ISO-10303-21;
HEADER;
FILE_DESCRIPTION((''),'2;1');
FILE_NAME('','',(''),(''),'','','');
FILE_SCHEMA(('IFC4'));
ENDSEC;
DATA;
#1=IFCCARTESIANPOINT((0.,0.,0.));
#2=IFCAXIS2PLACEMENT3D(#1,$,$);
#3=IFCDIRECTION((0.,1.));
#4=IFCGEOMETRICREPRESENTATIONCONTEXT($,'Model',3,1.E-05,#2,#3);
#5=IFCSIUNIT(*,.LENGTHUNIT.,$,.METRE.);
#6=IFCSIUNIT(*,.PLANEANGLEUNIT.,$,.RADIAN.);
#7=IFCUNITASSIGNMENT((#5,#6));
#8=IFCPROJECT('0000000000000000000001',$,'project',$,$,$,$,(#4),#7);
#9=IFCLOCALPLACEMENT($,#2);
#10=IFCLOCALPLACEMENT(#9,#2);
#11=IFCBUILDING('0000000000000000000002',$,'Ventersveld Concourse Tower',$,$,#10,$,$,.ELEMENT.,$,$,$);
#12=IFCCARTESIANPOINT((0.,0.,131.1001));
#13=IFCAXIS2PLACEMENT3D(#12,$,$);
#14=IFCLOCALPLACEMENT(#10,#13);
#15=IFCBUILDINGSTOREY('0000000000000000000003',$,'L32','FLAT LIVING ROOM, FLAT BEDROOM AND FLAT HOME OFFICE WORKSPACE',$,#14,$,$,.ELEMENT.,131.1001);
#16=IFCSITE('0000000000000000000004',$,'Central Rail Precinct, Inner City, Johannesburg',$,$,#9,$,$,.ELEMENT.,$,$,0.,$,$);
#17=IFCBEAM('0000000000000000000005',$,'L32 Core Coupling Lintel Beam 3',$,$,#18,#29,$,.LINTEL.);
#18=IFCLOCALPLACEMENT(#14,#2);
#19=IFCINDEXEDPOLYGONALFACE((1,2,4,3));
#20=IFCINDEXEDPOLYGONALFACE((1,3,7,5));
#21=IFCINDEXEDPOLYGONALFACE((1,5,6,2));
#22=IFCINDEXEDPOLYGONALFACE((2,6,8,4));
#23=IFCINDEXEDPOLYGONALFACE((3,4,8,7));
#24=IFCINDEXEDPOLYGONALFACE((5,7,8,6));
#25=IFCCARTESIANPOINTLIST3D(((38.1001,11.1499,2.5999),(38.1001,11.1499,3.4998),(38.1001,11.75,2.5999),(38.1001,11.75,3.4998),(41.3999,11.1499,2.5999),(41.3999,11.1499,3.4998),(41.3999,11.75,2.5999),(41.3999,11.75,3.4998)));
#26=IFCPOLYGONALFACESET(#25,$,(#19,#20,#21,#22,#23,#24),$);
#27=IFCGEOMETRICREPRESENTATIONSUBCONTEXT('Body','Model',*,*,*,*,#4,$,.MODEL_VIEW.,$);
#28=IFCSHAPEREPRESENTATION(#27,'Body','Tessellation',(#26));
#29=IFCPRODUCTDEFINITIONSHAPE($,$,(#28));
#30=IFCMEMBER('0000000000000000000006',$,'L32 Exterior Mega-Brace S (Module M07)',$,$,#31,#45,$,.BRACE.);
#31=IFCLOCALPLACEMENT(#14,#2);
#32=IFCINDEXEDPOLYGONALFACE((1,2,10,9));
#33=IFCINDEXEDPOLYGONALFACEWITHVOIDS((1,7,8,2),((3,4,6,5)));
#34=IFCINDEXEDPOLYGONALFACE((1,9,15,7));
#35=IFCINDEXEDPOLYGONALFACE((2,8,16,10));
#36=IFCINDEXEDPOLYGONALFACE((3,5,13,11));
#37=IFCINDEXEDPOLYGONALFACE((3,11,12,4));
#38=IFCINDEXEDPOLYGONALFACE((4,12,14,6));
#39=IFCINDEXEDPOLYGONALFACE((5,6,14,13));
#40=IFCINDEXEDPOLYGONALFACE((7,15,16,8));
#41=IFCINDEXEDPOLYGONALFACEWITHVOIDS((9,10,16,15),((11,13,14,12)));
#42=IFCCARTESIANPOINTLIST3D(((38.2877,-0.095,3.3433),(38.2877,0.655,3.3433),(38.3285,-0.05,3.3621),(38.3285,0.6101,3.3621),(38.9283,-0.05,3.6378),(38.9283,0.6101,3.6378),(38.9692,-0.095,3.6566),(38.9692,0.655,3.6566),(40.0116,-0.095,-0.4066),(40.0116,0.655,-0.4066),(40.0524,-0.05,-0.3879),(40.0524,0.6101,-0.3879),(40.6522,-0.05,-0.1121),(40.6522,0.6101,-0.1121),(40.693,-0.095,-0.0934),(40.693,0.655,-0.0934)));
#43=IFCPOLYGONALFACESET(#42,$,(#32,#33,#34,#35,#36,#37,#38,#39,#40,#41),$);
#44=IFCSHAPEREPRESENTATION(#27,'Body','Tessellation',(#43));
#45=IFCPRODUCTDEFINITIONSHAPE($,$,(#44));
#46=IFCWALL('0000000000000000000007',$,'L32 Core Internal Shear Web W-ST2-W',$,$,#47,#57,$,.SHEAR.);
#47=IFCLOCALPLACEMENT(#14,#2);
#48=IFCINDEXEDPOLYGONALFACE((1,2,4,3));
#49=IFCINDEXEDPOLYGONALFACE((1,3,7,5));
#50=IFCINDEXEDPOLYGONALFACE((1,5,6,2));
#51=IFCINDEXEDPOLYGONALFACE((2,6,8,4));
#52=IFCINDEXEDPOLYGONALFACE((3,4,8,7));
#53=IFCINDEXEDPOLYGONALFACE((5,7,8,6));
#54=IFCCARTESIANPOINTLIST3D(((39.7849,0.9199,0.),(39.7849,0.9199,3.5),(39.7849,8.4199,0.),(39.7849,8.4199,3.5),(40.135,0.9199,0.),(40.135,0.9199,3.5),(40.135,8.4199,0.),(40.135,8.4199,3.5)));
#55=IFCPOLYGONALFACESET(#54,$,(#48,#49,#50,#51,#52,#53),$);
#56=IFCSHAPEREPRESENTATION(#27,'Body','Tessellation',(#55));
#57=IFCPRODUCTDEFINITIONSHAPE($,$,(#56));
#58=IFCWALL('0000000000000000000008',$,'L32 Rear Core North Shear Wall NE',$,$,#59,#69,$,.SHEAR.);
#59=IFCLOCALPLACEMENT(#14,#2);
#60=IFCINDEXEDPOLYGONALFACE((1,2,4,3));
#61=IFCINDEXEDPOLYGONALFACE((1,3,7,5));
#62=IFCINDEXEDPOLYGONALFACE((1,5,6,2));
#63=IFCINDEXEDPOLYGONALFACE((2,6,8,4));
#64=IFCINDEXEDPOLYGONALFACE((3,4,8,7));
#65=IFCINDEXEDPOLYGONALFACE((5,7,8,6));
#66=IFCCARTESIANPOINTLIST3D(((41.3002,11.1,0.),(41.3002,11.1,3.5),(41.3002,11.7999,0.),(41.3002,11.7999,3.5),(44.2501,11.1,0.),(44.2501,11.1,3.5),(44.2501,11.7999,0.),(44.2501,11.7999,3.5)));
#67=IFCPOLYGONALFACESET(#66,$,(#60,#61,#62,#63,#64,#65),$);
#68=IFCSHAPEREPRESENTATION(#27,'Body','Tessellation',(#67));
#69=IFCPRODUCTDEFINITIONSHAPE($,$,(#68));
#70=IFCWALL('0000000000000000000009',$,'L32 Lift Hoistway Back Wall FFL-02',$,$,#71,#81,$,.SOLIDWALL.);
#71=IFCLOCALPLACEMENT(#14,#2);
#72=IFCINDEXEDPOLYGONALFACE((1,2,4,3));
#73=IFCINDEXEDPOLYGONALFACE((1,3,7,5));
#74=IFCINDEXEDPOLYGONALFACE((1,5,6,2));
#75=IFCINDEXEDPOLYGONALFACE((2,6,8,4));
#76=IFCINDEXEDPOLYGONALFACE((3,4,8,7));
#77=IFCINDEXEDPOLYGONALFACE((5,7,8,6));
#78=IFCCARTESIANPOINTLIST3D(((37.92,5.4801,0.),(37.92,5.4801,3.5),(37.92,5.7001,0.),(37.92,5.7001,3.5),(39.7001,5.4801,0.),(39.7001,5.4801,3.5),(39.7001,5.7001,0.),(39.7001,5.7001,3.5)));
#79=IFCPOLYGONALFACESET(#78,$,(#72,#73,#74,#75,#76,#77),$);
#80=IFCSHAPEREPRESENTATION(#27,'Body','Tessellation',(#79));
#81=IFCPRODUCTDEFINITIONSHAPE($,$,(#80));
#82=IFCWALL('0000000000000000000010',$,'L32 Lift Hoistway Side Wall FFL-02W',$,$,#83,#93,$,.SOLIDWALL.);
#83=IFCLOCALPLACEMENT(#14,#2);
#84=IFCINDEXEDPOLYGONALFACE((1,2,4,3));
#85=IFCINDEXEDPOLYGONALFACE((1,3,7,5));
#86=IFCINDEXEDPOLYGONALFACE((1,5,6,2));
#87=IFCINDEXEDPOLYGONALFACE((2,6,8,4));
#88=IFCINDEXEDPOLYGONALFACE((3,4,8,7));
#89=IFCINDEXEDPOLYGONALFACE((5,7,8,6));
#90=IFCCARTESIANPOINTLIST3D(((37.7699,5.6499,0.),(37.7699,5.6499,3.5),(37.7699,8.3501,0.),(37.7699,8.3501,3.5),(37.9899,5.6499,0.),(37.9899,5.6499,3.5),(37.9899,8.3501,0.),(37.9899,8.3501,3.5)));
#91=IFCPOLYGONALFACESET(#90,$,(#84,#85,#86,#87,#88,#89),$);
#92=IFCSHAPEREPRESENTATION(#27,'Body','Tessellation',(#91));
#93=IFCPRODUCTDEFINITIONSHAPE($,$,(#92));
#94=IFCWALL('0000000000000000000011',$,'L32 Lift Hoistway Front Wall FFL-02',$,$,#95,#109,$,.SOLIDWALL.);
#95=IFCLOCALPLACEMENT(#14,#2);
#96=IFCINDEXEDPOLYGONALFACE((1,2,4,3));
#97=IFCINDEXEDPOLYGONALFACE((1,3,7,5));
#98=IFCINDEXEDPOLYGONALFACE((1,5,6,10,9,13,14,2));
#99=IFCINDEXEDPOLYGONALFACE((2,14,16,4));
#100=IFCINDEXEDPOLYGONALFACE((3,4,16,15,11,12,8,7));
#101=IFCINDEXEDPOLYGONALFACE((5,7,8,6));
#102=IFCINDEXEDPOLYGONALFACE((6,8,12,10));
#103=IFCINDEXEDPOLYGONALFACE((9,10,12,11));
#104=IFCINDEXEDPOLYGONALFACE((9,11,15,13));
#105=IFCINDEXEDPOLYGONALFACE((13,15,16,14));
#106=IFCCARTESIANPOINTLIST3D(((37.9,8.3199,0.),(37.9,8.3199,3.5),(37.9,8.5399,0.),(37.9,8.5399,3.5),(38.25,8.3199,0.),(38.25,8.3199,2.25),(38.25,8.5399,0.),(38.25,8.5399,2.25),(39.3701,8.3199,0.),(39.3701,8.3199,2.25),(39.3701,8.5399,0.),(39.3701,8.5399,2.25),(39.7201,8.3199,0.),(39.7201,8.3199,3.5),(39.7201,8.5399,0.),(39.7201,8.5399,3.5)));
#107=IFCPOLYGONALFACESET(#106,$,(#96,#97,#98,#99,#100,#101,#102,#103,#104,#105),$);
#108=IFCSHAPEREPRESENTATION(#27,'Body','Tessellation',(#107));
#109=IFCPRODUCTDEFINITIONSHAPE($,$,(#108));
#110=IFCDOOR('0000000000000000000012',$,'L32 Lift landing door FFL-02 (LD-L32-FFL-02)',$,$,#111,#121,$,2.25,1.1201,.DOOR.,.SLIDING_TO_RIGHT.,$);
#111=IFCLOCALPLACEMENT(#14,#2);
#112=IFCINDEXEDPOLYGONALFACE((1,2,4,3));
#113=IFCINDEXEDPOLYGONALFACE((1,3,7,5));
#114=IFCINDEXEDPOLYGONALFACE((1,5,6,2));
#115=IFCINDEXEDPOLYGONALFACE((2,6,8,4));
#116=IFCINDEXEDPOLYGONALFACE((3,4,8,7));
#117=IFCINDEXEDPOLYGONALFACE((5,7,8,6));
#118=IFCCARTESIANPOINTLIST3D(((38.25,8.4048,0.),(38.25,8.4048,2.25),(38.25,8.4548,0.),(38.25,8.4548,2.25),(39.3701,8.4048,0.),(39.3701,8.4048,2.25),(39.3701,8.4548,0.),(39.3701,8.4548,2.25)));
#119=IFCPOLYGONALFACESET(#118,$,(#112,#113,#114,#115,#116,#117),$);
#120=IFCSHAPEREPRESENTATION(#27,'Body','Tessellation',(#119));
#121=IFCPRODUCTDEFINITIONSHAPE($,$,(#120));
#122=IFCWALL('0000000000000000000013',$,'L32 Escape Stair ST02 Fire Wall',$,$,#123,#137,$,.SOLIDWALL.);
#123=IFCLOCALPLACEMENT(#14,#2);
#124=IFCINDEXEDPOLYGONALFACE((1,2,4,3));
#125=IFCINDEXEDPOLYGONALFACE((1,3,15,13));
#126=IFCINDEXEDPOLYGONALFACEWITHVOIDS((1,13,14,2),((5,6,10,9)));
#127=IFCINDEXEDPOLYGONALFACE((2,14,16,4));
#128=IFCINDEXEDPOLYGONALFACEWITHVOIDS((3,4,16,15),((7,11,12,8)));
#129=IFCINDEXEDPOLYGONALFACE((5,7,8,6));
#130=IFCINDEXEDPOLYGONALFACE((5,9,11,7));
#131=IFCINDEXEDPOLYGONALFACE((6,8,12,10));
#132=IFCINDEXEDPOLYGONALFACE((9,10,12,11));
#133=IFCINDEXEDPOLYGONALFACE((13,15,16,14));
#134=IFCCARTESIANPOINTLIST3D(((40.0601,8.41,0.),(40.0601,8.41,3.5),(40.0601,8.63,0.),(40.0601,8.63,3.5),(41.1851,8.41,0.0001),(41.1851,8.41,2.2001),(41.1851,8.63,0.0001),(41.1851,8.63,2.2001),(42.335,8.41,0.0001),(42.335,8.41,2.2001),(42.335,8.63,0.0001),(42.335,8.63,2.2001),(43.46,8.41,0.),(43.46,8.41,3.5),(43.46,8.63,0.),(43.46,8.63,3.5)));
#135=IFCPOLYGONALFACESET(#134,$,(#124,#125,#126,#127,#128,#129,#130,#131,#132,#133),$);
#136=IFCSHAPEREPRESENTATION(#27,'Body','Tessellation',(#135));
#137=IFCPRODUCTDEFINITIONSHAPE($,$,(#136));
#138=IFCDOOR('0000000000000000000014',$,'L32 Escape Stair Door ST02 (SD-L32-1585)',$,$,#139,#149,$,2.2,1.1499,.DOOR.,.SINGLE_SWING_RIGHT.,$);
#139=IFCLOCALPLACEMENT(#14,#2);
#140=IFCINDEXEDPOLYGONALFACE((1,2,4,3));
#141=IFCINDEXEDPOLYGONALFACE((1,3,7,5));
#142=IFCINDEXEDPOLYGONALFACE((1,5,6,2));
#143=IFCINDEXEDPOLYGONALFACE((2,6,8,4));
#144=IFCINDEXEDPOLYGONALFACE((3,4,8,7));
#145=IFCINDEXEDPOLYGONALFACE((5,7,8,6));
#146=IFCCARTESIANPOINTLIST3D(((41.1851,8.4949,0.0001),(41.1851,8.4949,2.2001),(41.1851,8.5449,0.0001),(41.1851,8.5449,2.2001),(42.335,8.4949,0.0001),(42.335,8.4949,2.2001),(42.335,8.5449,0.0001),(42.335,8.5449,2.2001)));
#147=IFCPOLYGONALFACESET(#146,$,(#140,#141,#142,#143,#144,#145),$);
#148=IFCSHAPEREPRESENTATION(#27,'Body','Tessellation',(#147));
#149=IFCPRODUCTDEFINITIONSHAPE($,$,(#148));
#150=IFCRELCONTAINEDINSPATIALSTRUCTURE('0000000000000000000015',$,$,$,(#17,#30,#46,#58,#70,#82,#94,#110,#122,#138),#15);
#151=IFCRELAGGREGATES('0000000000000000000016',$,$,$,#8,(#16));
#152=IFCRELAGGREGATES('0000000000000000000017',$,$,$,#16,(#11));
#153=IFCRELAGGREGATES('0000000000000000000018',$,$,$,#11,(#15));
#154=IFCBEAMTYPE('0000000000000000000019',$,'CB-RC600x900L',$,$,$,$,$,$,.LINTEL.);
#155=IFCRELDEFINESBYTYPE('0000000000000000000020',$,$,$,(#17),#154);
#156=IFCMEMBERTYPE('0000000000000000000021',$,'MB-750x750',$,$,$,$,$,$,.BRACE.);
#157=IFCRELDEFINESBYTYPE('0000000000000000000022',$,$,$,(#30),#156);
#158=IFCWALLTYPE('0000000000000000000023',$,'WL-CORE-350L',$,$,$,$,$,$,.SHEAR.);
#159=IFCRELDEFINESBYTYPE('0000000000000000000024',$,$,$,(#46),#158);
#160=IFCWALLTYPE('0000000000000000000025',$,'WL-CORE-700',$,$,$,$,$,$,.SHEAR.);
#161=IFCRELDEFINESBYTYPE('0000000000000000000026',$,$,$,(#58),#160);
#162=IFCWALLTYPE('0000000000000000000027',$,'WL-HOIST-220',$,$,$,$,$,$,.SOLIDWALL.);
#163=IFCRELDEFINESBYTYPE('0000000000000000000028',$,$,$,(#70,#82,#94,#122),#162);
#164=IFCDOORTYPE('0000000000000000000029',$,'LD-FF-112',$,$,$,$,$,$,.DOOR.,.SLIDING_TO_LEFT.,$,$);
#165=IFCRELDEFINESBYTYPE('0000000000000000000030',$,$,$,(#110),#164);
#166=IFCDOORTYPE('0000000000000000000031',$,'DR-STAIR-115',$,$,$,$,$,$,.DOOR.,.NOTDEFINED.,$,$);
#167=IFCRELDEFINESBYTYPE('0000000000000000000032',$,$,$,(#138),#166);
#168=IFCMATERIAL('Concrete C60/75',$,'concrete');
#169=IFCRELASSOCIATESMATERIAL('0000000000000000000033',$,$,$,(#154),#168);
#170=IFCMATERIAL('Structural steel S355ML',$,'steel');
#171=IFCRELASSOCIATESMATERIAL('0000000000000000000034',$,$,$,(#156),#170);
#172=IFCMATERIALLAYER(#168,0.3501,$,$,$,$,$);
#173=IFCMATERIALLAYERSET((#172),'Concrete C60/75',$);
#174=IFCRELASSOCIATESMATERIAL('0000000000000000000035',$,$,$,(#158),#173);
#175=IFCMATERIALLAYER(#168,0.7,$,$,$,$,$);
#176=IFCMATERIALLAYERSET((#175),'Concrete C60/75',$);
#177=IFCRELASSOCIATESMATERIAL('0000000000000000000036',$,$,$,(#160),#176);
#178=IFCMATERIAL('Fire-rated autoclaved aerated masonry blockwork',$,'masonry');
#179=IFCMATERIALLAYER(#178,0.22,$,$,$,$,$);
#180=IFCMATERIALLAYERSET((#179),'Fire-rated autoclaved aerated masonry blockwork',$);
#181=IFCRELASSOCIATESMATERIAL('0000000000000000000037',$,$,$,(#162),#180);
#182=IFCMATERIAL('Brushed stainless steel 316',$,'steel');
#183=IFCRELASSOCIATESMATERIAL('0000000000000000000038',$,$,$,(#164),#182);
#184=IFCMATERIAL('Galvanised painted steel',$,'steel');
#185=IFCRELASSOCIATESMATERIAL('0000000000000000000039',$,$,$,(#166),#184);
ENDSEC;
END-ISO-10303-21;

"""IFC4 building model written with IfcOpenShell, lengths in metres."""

from ifc_helpers import new_model, si_unit, direction, frame, frame_2d, origin, origin_2d, place, context, subcontext, project, spatial, rectangle, hollow_rectangle, extrude, material, layer, layer_set, material_profile, profile_set, type_object, element, fill, save


model = new_model("IFC4")

# Units and contexts
model_context = context("Model", 3, precision=1e-05, world=origin(), true_north=direction((0.0, 1.0)))
body_context = subcontext(model_context, "Body", "Model", "MODEL_VIEW")
ifc_project = project(units=[si_unit("LENGTHUNIT", "METRE"), si_unit("PLANEANGLEUNIT", "RADIAN")], contexts=[model_context])

# Site, building, storey
site_placement = place(None, origin())
site = spatial("IfcSite", under=ifc_project, at=site_placement, Name="Central Rail Precinct, Inner City, Johannesburg", CompositionType="ELEMENT", RefElevation=0.0)
building_placement = place(site_placement, origin())
building = spatial("IfcBuilding", under=site, at=building_placement, Name="Ventersveld Concourse Tower", CompositionType="ELEMENT")
storey_placement = place(building_placement, frame((0.0, 0.0, 131.1001)))
storey = spatial("IfcBuildingStorey", under=building, at=storey_placement, Name="L32", Description="FLAT LIVING ROOM, FLAT BEDROOM AND FLAT HOME OFFICE WORKSPACE", CompositionType="ELEMENT", Elevation=131.1001)

# Beam
ifc_material_1 = material(Name="Concrete C60/75", Category="concrete")
ifc_material_profile_1 = material_profile(ifc_material_1, rectangle(XDim=0.6001, YDim=0.8999, at=origin_2d()), Name="RC 600x900")
ifc_profile_set_1 = profile_set([ifc_material_profile_1], Name="Concrete C60/75")
beam_type = type_object("IfcBeamType", Name="CB-RC600x900L", PredefinedType="LINTEL", material=ifc_profile_set_1)
beam_placement = place(storey_placement, frame((38.1001, 11.45, 3.0498), z_axis=(1.0, 0.0, 0.0), x_axis=(0.0, 1.0, 0.0)))
element("IfcBeam", 1, at=beam_placement, inside=storey, type_object=beam_type, Name="L32 Core Coupling Lintel Beam 3", PredefinedType="LINTEL", context=body_context, shape_type="SweptSolid", body=[
    extrude(rectangle(XDim=0.6001, YDim=0.8999, at=origin_2d()), origin(), (0.0, 0.0, 1.0), 3.2998),
])

# Member
ifc_material_2 = material(Name="Structural steel S355ML", Category="steel")
ifc_material_profile_2 = material_profile(ifc_material_2, hollow_rectangle(XDim=0.75, YDim=0.75, WallThickness=0.0449, at=origin_2d()), Name="BOX 750x750x45")
ifc_profile_set_2 = profile_set([ifc_material_profile_2], Name="Structural steel S355ML")
member_type = type_object("IfcMemberType", Name="MB-750x750", PredefinedType="BRACE", material=ifc_profile_set_2)
member_placement = place(storey_placement, frame((40.3523, 0.28, -0.25), z_axis=(-0.417681, 0.0, 0.908594), x_axis=(0.0, -1.0, 0.0)))
element("IfcMember", 2, at=member_placement, inside=storey, type_object=member_type, Name="L32 Exterior Mega-Brace S (Module M07)", PredefinedType="BRACE", context=body_context, shape_type="SweptSolid", body=[
    extrude(hollow_rectangle(XDim=0.75, YDim=0.75, WallThickness=0.0449, at=origin_2d()), origin(), (0.0, 0.0, 1.0), 4.1272),
])

# Walls
ifc_layer_1 = layer(ifc_material_1, 0.3501)
ifc_layer_set_1 = layer_set([ifc_layer_1], Name="Concrete C60/75")
wall_type_1 = type_object("IfcWallType", Name="WL-CORE-350L", PredefinedType="SHEAR", material=ifc_layer_set_1)
wall_1_placement = place(storey_placement, frame((39.96, 0.9199, 0.0), z_axis=(0.0, 0.0, 1.0), x_axis=(0.0, 1.0, 0.0)))
element("IfcWall", 3, at=wall_1_placement, inside=storey, type_object=wall_type_1, Name="L32 Core Internal Shear Web W-ST2-W", PredefinedType="SHEAR", context=body_context, shape_type="SweptSolid", body=[
    extrude(rectangle(XDim=7.5, YDim=0.3501, at=frame_2d((3.75, 0.0))), origin(), (0.0, 0.0, 1.0), 3.5),
])
ifc_layer_2 = layer(ifc_material_1, 0.7)
ifc_layer_set_2 = layer_set([ifc_layer_2], Name="Concrete C60/75")
wall_type_2 = type_object("IfcWallType", Name="WL-CORE-700", PredefinedType="SHEAR", material=ifc_layer_set_2)
wall_2_placement = place(storey_placement, frame((41.3, 11.45, 0.0), z_axis=(0.0, 0.0, 1.0), x_axis=(1.0, 0.0, 0.0)))
element("IfcWall", 4, at=wall_2_placement, inside=storey, type_object=wall_type_2, Name="L32 Rear Core North Shear Wall NE", PredefinedType="SHEAR", context=body_context, shape_type="SweptSolid", body=[
    extrude(rectangle(XDim=2.95, YDim=0.7, at=frame_2d((1.4751, 0.0))), origin(), (0.0, 0.0, 1.0), 3.5),
])
ifc_material_3 = material(Name="Fire-rated autoclaved aerated masonry blockwork", Category="masonry")
ifc_layer_3 = layer(ifc_material_3, 0.22)
ifc_layer_set_3 = layer_set([ifc_layer_3], Name="Fire-rated autoclaved aerated masonry blockwork")
wall_type_3 = type_object("IfcWallType", Name="WL-HOIST-220", PredefinedType="SOLIDWALL", material=ifc_layer_set_3)
wall_3_placement = place(storey_placement, frame((37.9199, 5.5901, 0.0), z_axis=(0.0, 0.0, 1.0), x_axis=(1.0, 0.0, 0.0)))
element("IfcWall", 5, at=wall_3_placement, inside=storey, type_object=wall_type_3, Name="L32 Lift Hoistway Back Wall FFL-02", PredefinedType="SOLIDWALL", context=body_context, shape_type="SweptSolid", body=[
    extrude(rectangle(XDim=1.78, YDim=0.22, at=frame_2d((0.8901, 0.0))), origin(), (0.0, 0.0, 1.0), 3.5),
])
wall_4_placement = place(storey_placement, frame((37.8799, 5.6499, 0.0), z_axis=(0.0, 0.0, 1.0), x_axis=(0.0, 1.0, 0.0)))
element("IfcWall", 6, at=wall_4_placement, inside=storey, type_object=wall_type_3, Name="L32 Lift Hoistway Side Wall FFL-02W", PredefinedType="SOLIDWALL", context=body_context, shape_type="SweptSolid", body=[
    extrude(rectangle(XDim=2.7002, YDim=0.22, at=frame_2d((1.3501, 0.0))), origin(), (0.0, 0.0, 1.0), 3.5),
])

# Walls, openings, doors
wall_5_placement = place(storey_placement, frame((37.8999, 8.4299, 0.0), z_axis=(0.0, 0.0, 1.0), x_axis=(1.0, 0.0, 0.0)))
wall_5 = element("IfcWall", 7, at=wall_5_placement, inside=storey, type_object=wall_type_3, Name="L32 Lift Hoistway Front Wall FFL-02", PredefinedType="SOLIDWALL", context=body_context, shape_type="SweptSolid", body=[
    extrude(rectangle(XDim=1.8201, YDim=0.22, at=frame_2d((0.9102, 0.0))), origin(), (0.0, 0.0, 1.0), 3.5),
])
opening_1_placement = place(wall_5_placement, frame((0.3501, 0.0, 0.0)))
opening_1 = element("IfcOpeningElement", 8, at=opening_1_placement, cuts=wall_5, PredefinedType="OPENING", context=body_context, shape_type="SweptSolid", body=[
    extrude(rectangle(XDim=1.1201, YDim=2.25, at=frame_2d((0.5601, 1.125))), frame((0.0, 0.1201, 0.0), z_axis=(0.0, -1.0, 0.0), x_axis=(1.0, 0.0, 0.0)), (0.0, 0.0, 1.0), 0.24),
])
ifc_material_4 = material(Name="Brushed stainless steel 316", Category="steel")
door_type_1 = type_object("IfcDoorType", Name="LD-FF-112", OperationType="SLIDING_TO_LEFT", PredefinedType="DOOR", material=ifc_material_4)
door_1_placement = place(opening_1_placement, origin())
door_1 = element("IfcDoor", 9, at=door_1_placement, inside=storey, type_object=door_type_1, Name="L32 Lift landing door FFL-02 (LD-L32-FFL-02)", OperationType="SLIDING_TO_RIGHT", OverallHeight=2.25, OverallWidth=1.1201, PredefinedType="DOOR", context=body_context, shape_type="SweptSolid", body=[
    extrude(rectangle(XDim=1.1201, YDim=2.25, at=frame_2d((0.5601, 1.125))), frame((0.0, 0.0249, 0.0), z_axis=(0.0, -1.0, 0.0), x_axis=(1.0, 0.0, 0.0)), (0.0, 0.0, 1.0), 0.05),
])
fill(opening_1, door_1)
wall_6_placement = place(storey_placement, frame((40.0601, 8.52, 0.0), z_axis=(0.0, 0.0, 1.0), x_axis=(1.0, 0.0, 0.0)))
wall_6 = element("IfcWall", 10, at=wall_6_placement, inside=storey, type_object=wall_type_3, Name="L32 Escape Stair ST02 Fire Wall", PredefinedType="SOLIDWALL", context=body_context, shape_type="SweptSolid", body=[
    extrude(rectangle(XDim=3.3999, YDim=0.22, at=frame_2d((1.7, 0.0))), origin(), (0.0, 0.0, 1.0), 3.5),
])
opening_2_placement = place(wall_6_placement, frame((1.125, 0.0, 0.0)))
opening_2 = element("IfcOpeningElement", 11, at=opening_2_placement, cuts=wall_6, PredefinedType="OPENING", context=body_context, shape_type="SweptSolid", body=[
    extrude(rectangle(XDim=1.1499, YDim=2.2, at=frame_2d((0.575, 1.1001))), frame((0.0, 0.1201, 0.0), z_axis=(0.0, -1.0, 0.0), x_axis=(1.0, 0.0, 0.0)), (0.0, 0.0, 1.0), 0.24),
])
ifc_material_5 = material(Name="Galvanised painted steel", Category="steel")
door_type_2 = type_object("IfcDoorType", Name="DR-STAIR-115", OperationType="NOTDEFINED", PredefinedType="DOOR", material=ifc_material_5)
door_2_placement = place(opening_2_placement, origin())
door_2 = element("IfcDoor", 12, at=door_2_placement, inside=storey, type_object=door_type_2, Name="L32 Escape Stair Door ST02 (SD-L32-1585)", OperationType="SINGLE_SWING_RIGHT", OverallHeight=2.2, OverallWidth=1.1499, PredefinedType="DOOR", context=body_context, shape_type="SweptSolid", body=[
    extrude(rectangle(XDim=1.1499, YDim=2.2, at=frame_2d((0.575, 1.1001))), frame((0.0, 0.0249, 0.0), z_axis=(0.0, -1.0, 0.0), x_axis=(1.0, 0.0, 0.0)), (0.0, 0.0, 1.0), 0.05),
])
fill(opening_2, door_2)

save(model, "model.ifc")
